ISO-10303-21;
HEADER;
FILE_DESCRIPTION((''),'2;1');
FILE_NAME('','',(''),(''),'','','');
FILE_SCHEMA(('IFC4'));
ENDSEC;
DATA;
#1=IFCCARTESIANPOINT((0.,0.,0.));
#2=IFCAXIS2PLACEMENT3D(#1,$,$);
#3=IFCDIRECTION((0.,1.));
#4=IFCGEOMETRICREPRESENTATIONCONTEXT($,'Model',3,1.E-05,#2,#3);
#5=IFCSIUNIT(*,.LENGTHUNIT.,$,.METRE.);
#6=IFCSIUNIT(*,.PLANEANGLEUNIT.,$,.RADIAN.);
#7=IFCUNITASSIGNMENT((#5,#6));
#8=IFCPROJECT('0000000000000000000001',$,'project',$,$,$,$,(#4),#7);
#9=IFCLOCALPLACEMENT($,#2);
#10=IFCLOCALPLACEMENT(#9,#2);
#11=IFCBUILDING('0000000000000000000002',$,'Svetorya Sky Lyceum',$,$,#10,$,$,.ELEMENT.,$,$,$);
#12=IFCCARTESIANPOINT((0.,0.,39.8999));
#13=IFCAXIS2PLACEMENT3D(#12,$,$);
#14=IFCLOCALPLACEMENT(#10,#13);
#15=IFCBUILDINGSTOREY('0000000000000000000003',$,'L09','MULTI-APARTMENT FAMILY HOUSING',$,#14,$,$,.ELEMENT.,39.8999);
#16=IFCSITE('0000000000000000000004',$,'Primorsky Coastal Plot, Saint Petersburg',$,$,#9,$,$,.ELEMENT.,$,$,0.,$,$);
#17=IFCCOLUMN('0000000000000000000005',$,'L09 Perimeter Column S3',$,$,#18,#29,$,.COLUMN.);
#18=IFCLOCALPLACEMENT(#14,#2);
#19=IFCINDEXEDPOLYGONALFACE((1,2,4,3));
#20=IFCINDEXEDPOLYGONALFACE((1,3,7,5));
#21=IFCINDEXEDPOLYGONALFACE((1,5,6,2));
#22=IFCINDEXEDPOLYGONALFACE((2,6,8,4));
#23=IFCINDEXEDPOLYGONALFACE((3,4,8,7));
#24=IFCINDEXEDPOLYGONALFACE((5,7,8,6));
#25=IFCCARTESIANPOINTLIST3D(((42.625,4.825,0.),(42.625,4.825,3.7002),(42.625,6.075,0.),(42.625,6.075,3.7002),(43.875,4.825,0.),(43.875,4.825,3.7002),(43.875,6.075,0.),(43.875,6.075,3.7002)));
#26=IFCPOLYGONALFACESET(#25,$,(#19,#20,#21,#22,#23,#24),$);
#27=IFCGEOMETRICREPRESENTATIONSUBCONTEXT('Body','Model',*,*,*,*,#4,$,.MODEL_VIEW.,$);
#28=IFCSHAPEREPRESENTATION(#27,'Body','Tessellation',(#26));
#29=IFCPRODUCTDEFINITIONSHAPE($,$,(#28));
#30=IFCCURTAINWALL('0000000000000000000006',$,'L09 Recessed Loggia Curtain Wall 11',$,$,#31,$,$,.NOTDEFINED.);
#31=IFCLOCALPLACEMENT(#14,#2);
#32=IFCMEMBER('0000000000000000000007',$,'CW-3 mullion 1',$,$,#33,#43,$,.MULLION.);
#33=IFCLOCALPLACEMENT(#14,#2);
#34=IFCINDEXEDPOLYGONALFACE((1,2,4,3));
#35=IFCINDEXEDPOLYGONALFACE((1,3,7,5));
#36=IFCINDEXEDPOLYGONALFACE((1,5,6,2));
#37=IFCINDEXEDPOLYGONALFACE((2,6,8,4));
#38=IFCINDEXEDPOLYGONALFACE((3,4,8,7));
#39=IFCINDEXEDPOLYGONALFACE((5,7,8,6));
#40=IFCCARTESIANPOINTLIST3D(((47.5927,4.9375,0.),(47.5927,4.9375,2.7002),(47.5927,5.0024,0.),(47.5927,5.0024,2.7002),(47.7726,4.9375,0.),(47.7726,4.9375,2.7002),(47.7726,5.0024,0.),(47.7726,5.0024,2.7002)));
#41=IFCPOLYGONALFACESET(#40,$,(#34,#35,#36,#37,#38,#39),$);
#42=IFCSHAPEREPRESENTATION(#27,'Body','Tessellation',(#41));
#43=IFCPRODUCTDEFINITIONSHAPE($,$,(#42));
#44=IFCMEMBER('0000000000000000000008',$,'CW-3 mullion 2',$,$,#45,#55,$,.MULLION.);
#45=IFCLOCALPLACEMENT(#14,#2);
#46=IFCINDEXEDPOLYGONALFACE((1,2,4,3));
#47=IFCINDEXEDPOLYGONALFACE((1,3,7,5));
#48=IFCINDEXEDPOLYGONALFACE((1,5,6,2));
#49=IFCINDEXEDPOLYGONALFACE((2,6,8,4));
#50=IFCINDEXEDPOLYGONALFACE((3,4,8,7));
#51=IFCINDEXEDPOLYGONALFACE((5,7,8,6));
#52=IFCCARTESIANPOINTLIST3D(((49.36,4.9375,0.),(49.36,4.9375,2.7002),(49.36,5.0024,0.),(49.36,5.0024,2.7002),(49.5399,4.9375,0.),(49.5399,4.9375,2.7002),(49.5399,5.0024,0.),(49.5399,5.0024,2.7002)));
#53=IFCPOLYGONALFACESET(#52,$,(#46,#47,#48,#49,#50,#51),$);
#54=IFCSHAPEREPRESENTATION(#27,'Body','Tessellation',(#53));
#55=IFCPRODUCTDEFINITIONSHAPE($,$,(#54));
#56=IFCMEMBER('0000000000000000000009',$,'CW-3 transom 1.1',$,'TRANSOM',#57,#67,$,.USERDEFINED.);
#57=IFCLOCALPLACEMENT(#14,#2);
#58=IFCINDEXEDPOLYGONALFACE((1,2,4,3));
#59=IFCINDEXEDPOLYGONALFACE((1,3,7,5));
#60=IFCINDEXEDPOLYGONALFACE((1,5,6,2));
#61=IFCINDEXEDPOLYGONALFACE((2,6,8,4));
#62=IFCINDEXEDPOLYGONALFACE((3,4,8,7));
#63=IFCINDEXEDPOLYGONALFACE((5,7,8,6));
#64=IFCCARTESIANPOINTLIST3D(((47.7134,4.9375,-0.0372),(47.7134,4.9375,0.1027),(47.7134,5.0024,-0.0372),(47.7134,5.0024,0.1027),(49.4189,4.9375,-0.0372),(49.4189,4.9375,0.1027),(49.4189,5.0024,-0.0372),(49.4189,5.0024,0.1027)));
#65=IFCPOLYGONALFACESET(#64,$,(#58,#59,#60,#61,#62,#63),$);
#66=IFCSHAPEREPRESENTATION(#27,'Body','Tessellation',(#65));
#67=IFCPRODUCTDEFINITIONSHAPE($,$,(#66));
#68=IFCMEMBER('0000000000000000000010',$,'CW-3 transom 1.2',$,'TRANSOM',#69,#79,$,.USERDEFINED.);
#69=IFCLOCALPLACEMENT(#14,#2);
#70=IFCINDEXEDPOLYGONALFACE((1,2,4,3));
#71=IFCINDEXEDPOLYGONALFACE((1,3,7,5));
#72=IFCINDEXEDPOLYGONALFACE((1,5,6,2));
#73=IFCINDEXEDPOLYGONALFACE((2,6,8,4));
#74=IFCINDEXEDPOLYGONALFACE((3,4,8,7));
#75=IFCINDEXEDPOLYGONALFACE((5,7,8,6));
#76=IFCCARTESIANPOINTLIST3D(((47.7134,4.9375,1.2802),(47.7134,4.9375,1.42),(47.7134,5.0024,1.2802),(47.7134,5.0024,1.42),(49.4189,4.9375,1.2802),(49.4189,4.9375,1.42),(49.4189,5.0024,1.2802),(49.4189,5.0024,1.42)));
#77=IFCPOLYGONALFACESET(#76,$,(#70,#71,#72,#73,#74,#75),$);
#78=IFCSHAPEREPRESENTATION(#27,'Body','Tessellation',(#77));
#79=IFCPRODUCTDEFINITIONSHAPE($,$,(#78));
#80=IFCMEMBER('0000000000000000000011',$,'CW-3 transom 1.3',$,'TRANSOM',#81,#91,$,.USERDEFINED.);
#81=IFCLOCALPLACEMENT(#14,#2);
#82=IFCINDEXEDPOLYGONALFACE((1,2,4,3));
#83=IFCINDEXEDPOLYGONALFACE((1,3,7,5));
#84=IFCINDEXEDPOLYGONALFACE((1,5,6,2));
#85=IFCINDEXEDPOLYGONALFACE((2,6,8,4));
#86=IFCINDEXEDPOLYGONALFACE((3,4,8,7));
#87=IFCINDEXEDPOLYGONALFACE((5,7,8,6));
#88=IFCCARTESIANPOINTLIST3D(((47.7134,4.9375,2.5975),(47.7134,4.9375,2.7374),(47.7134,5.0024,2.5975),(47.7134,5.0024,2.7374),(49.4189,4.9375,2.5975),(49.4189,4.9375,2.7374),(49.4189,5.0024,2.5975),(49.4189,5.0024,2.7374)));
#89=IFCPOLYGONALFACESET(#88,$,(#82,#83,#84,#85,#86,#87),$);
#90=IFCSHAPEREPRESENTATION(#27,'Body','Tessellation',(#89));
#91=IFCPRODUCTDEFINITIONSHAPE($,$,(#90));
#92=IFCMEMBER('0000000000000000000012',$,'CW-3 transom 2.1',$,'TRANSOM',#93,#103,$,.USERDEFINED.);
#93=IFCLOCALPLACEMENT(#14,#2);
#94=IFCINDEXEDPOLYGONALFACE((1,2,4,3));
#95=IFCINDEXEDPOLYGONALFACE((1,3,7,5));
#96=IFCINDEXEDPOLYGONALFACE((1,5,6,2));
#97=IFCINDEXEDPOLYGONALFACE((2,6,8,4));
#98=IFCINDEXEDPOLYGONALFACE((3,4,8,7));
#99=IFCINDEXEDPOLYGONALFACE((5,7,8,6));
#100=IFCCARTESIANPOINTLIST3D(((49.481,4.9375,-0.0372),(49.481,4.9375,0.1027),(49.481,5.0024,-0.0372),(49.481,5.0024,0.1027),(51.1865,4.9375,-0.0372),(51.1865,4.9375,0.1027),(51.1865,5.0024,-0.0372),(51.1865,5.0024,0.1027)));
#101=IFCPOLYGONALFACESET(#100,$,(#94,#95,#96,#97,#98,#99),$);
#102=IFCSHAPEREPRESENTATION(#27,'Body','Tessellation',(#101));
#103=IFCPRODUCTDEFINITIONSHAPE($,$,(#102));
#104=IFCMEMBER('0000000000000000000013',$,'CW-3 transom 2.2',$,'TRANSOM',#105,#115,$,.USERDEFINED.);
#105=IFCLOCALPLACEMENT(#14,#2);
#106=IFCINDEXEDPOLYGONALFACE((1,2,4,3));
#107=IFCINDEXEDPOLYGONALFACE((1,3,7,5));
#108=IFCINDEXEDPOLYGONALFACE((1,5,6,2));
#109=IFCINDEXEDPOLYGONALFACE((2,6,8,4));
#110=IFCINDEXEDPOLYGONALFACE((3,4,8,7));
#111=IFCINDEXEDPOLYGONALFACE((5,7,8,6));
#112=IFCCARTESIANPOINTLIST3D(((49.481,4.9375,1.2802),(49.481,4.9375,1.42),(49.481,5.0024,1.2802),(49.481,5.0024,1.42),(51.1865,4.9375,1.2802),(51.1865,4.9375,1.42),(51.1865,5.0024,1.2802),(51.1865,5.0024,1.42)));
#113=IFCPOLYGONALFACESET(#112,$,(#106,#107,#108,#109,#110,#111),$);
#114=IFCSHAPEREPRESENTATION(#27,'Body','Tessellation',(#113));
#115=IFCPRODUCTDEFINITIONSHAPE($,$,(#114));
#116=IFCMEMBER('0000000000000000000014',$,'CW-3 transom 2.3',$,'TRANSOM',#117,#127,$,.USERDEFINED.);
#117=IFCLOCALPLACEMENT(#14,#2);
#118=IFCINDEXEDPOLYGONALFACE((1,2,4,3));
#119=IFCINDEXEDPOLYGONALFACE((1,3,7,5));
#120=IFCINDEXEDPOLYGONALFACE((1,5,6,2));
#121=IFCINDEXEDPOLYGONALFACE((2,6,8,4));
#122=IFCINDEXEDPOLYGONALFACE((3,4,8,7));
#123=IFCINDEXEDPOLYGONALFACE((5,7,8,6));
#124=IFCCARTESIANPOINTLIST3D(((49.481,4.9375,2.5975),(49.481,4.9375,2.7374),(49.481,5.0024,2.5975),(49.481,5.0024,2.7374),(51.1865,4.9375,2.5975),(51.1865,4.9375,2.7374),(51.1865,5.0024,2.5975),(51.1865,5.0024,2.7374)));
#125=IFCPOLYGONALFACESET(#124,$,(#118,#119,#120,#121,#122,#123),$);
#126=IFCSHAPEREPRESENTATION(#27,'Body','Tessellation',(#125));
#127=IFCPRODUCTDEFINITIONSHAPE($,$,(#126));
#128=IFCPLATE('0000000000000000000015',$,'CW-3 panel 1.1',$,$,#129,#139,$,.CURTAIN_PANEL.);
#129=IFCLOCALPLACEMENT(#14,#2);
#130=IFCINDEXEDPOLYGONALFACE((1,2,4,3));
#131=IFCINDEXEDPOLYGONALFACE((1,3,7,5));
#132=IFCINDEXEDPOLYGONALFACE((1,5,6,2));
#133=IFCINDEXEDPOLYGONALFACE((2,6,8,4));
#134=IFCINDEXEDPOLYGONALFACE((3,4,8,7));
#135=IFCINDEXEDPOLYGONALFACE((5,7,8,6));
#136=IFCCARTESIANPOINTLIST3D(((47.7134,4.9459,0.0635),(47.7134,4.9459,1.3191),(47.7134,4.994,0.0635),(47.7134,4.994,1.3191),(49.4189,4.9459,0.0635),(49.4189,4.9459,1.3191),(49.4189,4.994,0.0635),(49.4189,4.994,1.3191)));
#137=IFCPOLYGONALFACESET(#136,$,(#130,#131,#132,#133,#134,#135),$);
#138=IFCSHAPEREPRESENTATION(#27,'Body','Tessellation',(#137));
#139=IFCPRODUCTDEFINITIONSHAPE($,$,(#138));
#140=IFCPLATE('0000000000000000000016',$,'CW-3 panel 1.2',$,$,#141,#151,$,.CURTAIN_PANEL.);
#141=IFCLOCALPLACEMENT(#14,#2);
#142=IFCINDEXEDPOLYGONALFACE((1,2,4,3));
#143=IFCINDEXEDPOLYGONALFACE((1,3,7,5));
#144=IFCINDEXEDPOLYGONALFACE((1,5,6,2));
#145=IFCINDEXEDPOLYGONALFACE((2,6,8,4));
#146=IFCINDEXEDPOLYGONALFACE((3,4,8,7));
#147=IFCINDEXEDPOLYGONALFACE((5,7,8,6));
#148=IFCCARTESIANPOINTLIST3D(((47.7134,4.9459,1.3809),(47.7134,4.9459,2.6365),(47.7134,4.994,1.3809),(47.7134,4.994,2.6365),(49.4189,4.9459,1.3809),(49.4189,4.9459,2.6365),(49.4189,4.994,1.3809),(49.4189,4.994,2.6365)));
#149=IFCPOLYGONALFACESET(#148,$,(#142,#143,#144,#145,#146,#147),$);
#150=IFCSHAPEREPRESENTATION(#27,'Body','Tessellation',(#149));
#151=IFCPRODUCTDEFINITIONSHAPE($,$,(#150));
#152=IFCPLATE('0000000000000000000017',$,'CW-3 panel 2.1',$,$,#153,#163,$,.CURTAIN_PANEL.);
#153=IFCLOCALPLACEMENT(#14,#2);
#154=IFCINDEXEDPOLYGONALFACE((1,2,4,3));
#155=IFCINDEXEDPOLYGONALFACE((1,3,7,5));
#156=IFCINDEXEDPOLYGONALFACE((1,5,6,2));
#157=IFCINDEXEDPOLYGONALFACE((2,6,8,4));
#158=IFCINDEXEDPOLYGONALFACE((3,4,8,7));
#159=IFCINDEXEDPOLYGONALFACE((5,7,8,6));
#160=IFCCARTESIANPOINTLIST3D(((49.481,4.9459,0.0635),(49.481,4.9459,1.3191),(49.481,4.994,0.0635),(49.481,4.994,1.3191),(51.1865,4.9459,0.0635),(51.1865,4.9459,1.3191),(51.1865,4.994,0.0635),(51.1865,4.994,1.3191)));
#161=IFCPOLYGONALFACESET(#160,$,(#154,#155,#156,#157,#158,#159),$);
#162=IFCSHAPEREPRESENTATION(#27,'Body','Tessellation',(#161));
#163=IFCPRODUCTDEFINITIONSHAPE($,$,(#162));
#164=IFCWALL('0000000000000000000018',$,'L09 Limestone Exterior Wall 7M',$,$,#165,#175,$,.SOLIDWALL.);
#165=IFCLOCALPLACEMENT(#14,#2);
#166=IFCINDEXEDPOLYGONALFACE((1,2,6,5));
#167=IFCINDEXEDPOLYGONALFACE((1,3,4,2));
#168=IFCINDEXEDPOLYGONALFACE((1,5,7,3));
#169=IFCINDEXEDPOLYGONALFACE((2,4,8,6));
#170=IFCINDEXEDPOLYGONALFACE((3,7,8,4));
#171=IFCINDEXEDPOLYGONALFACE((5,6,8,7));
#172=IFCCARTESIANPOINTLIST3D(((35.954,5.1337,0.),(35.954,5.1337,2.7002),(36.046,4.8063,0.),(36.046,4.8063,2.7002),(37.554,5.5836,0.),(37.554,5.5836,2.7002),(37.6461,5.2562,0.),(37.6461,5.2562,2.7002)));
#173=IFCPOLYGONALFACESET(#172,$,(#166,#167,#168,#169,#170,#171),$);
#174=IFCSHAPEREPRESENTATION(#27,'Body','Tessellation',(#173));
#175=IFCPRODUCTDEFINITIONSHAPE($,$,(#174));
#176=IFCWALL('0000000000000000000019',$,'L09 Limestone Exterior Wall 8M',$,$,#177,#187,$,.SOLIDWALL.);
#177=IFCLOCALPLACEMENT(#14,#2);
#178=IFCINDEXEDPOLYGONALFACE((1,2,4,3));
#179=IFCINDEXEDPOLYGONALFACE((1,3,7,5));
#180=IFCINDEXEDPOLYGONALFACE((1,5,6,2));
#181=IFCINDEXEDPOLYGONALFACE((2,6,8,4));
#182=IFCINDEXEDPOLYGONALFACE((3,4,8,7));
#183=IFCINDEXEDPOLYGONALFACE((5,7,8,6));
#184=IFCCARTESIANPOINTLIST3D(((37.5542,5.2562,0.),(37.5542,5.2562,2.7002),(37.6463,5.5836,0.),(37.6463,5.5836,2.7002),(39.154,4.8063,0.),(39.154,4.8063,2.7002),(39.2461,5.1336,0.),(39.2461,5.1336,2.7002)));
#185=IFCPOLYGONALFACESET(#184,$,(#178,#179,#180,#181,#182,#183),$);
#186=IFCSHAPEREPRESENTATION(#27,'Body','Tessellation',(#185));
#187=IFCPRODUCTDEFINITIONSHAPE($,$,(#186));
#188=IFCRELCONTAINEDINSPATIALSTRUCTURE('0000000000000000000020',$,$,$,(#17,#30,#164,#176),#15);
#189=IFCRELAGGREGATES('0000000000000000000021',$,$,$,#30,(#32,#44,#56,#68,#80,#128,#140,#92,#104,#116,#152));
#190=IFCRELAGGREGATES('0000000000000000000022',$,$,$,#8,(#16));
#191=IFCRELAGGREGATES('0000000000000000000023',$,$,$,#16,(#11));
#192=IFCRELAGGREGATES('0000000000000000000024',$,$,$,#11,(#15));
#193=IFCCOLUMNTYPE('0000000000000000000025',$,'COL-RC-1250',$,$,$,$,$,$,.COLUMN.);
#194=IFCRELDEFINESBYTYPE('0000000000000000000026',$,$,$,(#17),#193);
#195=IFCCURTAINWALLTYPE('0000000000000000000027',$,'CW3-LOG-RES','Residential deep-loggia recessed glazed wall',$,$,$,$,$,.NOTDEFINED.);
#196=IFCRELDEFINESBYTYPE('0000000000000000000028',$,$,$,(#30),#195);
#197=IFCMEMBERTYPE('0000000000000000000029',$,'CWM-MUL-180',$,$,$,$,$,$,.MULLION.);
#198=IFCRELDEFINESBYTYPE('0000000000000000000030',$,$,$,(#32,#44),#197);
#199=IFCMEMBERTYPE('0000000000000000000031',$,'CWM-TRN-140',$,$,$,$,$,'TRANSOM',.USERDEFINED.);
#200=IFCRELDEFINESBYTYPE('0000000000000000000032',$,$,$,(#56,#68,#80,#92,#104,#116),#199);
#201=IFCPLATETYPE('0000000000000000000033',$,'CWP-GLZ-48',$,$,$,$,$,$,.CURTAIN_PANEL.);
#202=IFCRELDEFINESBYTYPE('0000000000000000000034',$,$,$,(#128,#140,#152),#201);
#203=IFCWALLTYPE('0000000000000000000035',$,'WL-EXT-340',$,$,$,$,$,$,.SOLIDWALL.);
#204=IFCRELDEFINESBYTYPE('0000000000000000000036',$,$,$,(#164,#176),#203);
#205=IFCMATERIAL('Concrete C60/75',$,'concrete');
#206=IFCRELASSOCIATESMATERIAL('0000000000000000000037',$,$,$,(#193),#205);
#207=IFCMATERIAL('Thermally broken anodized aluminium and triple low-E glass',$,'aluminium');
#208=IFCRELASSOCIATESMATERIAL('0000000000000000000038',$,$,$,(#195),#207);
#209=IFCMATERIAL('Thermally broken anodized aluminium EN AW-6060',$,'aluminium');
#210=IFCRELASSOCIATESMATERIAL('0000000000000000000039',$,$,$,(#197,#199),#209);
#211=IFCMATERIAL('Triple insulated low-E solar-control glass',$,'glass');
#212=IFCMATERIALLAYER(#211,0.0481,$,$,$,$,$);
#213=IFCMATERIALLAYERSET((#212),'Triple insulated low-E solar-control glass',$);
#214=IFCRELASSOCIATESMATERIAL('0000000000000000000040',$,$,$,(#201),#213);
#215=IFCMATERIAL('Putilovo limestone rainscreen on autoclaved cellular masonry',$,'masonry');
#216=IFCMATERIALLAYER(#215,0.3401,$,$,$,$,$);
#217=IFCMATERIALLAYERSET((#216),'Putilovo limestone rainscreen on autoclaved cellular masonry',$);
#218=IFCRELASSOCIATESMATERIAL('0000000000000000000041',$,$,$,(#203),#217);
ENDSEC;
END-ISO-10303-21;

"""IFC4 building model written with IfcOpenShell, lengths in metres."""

from ifc_helpers import new_model, si_unit, direction, frame, frame_2d, origin, origin_2d, place, context, subcontext, project, spatial, rectangle, extrude, material, layer, layer_set, material_profile, profile_set, type_object, element, aggregate, save


model = new_model("IFC4")

# Units and contexts
model_context = context("Model", 3, precision=1e-05, world=origin(), true_north=direction((0.0, 1.0)))
body_context = subcontext(model_context, "Body", "Model", "MODEL_VIEW")
ifc_project = project(units=[si_unit("LENGTHUNIT", "METRE"), si_unit("PLANEANGLEUNIT", "RADIAN")], contexts=[model_context])

# Site, building, storey
site_placement = place(None, origin())
site = spatial("IfcSite", under=ifc_project, at=site_placement, Name="Primorsky Coastal Plot, Saint Petersburg", CompositionType="ELEMENT", RefElevation=0.0)
building_placement = place(site_placement, origin())
building = spatial("IfcBuilding", under=site, at=building_placement, Name="Svetorya Sky Lyceum", CompositionType="ELEMENT")
storey_placement = place(building_placement, frame((0.0, 0.0, 39.8999)))
storey = spatial("IfcBuildingStorey", under=building, at=storey_placement, Name="L09", Description="MULTI-APARTMENT FAMILY HOUSING", CompositionType="ELEMENT", Elevation=39.8999)

# Column
ifc_material_1 = material(Name="Concrete C60/75", Category="concrete")
ifc_material_profile_1 = material_profile(ifc_material_1, rectangle(XDim=1.25, YDim=1.25, at=origin_2d()), Name="RC COL 1250x1250")
ifc_profile_set_1 = profile_set([ifc_material_profile_1], Name="Concrete C60/75")
column_type = type_object("IfcColumnType", Name="COL-RC-1250", PredefinedType="COLUMN", material=ifc_profile_set_1)
column_placement = place(storey_placement, frame((43.25, 5.45, 0.0), z_axis=(0.0, 0.0, 1.0), x_axis=(1.0, 0.0, 0.0)))
element("IfcColumn", 1, at=column_placement, inside=storey, type_object=column_type, Name="L09 Perimeter Column S3", PredefinedType="COLUMN", context=body_context, shape_type="SweptSolid", body=[
    extrude(rectangle(XDim=1.25, YDim=1.25, at=origin_2d()), origin(), (0.0, 0.0, 1.0), 3.7002),
])

# Curtain wall, members, plates
ifc_material_2 = material(Name="Thermally broken anodized aluminium and triple low-E glass", Category="aluminium")
curtain_wall_type = type_object("IfcCurtainWallType", Name="CW3-LOG-RES", Description="Residential deep-loggia recessed glazed wall", PredefinedType="NOTDEFINED", material=ifc_material_2)
curtain_wall_placement = place(storey_placement, origin())
curtain_wall = element("IfcCurtainWall", 2, at=curtain_wall_placement, inside=storey, type_object=curtain_wall_type, Name="L09 Recessed Loggia Curtain Wall 11", PredefinedType="NOTDEFINED")
ifc_material_3 = material(Name="Thermally broken anodized aluminium EN AW-6060", Category="aluminium")
ifc_material_profile_2 = material_profile(ifc_material_3, rectangle(XDim=0.0649, YDim=0.1799, at=origin_2d()), Name="ALU MULLION 65x180")
ifc_profile_set_2 = profile_set([ifc_material_profile_2], Name="Thermally broken anodized aluminium EN AW-6060")
member_type_1 = type_object("IfcMemberType", Name="CWM-MUL-180", PredefinedType="MULLION", material=ifc_profile_set_2)
member_1_placement = place(storey_placement, frame((47.6826, 4.97, 0.0), z_axis=(0.0, 0.0, 1.0), x_axis=(0.0, 1.0, 0.0)))
member_1 = element("IfcMember", 3, at=member_1_placement, type_object=member_type_1, Name="CW-3 mullion 1", PredefinedType="MULLION", context=body_context, shape_type="SweptSolid", body=[
    extrude(rectangle(XDim=0.0649, YDim=0.1799, at=origin_2d()), origin(), (0.0, 0.0, 1.0), 2.7002),
])
member_2_placement = place(storey_placement, frame((49.45, 4.97, 0.0), z_axis=(0.0, 0.0, 1.0), x_axis=(0.0, 1.0, 0.0)))
member_2 = element("IfcMember", 4, at=member_2_placement, type_object=member_type_1, Name="CW-3 mullion 2", PredefinedType="MULLION", context=body_context, shape_type="SweptSolid", body=[
    extrude(rectangle(XDim=0.0649, YDim=0.1799, at=origin_2d()), origin(), (0.0, 0.0, 1.0), 2.7002),
])
ifc_material_profile_3 = material_profile(ifc_material_3, rectangle(XDim=0.0649, YDim=0.1399, at=origin_2d()), Name="ALU TRANSOM 65x140")
ifc_profile_set_3 = profile_set([ifc_material_profile_3], Name="Thermally broken anodized aluminium EN AW-6060")
member_type_2 = type_object("IfcMemberType", Name="CWM-TRN-140", ElementType="TRANSOM", PredefinedType="USERDEFINED", material=ifc_profile_set_3)
member_3_placement = place(storey_placement, frame((47.7134, 4.97, 0.0327), z_axis=(1.0, 0.0, 0.0), x_axis=(0.0, 1.0, 0.0)))
member_3 = element("IfcMember", 5, at=member_3_placement, type_object=member_type_2, Name="CW-3 transom 1.1", ObjectType="TRANSOM", PredefinedType="USERDEFINED", context=body_context, shape_type="SweptSolid", body=[
    extrude(rectangle(XDim=0.0649, YDim=0.1399, at=origin_2d()), origin(), (0.0, 0.0, 1.0), 1.7056),
])
member_4_placement = place(storey_placement, frame((47.7134, 4.97, 1.3501), z_axis=(1.0, 0.0, 0.0), x_axis=(0.0, 1.0, 0.0)))
member_4 = element("IfcMember", 6, at=member_4_placement, type_object=member_type_2, Name="CW-3 transom 1.2", ObjectType="TRANSOM", PredefinedType="USERDEFINED", context=body_context, shape_type="SweptSolid", body=[
    extrude(rectangle(XDim=0.0649, YDim=0.1399, at=origin_2d()), origin(), (0.0, 0.0, 1.0), 1.7056),
])
member_5_placement = place(storey_placement, frame((47.7134, 4.97, 2.6675), z_axis=(1.0, 0.0, 0.0), x_axis=(0.0, 1.0, 0.0)))
member_5 = element("IfcMember", 7, at=member_5_placement, type_object=member_type_2, Name="CW-3 transom 1.3", ObjectType="TRANSOM", PredefinedType="USERDEFINED", context=body_context, shape_type="SweptSolid", body=[
    extrude(rectangle(XDim=0.0649, YDim=0.1399, at=origin_2d()), origin(), (0.0, 0.0, 1.0), 1.7056),
])
member_6_placement = place(storey_placement, frame((49.481, 4.97, 0.0327), z_axis=(1.0, 0.0, 0.0), x_axis=(0.0, 1.0, 0.0)))
member_6 = element("IfcMember", 8, at=member_6_placement, type_object=member_type_2, Name="CW-3 transom 2.1", ObjectType="TRANSOM", PredefinedType="USERDEFINED", context=body_context, shape_type="SweptSolid", body=[
    extrude(rectangle(XDim=0.0649, YDim=0.1399, at=origin_2d()), origin(), (0.0, 0.0, 1.0), 1.7056),
])
member_7_placement = place(storey_placement, frame((49.481, 4.97, 1.3501), z_axis=(1.0, 0.0, 0.0), x_axis=(0.0, 1.0, 0.0)))
member_7 = element("IfcMember", 9, at=member_7_placement, type_object=member_type_2, Name="CW-3 transom 2.2", ObjectType="TRANSOM", PredefinedType="USERDEFINED", context=body_context, shape_type="SweptSolid", body=[
    extrude(rectangle(XDim=0.0649, YDim=0.1399, at=origin_2d()), origin(), (0.0, 0.0, 1.0), 1.7056),
])
member_8_placement = place(storey_placement, frame((49.481, 4.97, 2.6675), z_axis=(1.0, 0.0, 0.0), x_axis=(0.0, 1.0, 0.0)))
member_8 = element("IfcMember", 10, at=member_8_placement, type_object=member_type_2, Name="CW-3 transom 2.3", ObjectType="TRANSOM", PredefinedType="USERDEFINED", context=body_context, shape_type="SweptSolid", body=[
    extrude(rectangle(XDim=0.0649, YDim=0.1399, at=origin_2d()), origin(), (0.0, 0.0, 1.0), 1.7056),
])
ifc_material_4 = material(Name="Triple insulated low-E solar-control glass", Category="glass")
ifc_layer_1 = layer(ifc_material_4, 0.0481)
ifc_layer_set_1 = layer_set([ifc_layer_1], Name="Triple insulated low-E solar-control glass")
plate_type = type_object("IfcPlateType", Name="CWP-GLZ-48", PredefinedType="CURTAIN_PANEL", material=ifc_layer_set_1)
plate_1_placement = place(storey_placement, frame((48.5662, 4.97, 0.0635), z_axis=(0.0, 0.0, 1.0), x_axis=(1.0, 0.0, 0.0)))
plate_1 = element("IfcPlate", 11, at=plate_1_placement, type_object=plate_type, Name="CW-3 panel 1.1", PredefinedType="CURTAIN_PANEL", context=body_context, shape_type="SweptSolid", body=[
    extrude(rectangle(XDim=1.7056, YDim=0.0481, at=origin_2d()), origin(), (0.0, 0.0, 1.0), 1.2556),
])
plate_2_placement = place(storey_placement, frame((48.5662, 4.97, 1.3809), z_axis=(0.0, 0.0, 1.0), x_axis=(1.0, 0.0, 0.0)))
plate_2 = element("IfcPlate", 12, at=plate_2_placement, type_object=plate_type, Name="CW-3 panel 1.2", PredefinedType="CURTAIN_PANEL", context=body_context, shape_type="SweptSolid", body=[
    extrude(rectangle(XDim=1.7056, YDim=0.0481, at=origin_2d()), origin(), (0.0, 0.0, 1.0), 1.2556),
])
plate_3_placement = place(storey_placement, frame((50.3337, 4.97, 0.0635), z_axis=(0.0, 0.0, 1.0), x_axis=(1.0, 0.0, 0.0)))
plate_3 = element("IfcPlate", 13, at=plate_3_placement, type_object=plate_type, Name="CW-3 panel 2.1", PredefinedType="CURTAIN_PANEL", context=body_context, shape_type="SweptSolid", body=[
    extrude(rectangle(XDim=1.7056, YDim=0.0481, at=origin_2d()), origin(), (0.0, 0.0, 1.0), 1.2556),
])
aggregate(curtain_wall, [member_1, member_2, member_3, member_4, member_5, plate_1, plate_2, member_6, member_7, member_8, plate_3])

# Walls
ifc_material_5 = material(Name="Putilovo limestone rainscreen on autoclaved cellular masonry", Category="masonry")
ifc_layer_2 = layer(ifc_material_5, 0.3401)
ifc_layer_set_2 = layer_set([ifc_layer_2], Name="Putilovo limestone rainscreen on autoclaved cellular masonry")
wall_type_1 = type_object("IfcWallType", Name="WL-EXT-340", PredefinedType="SOLIDWALL", material=ifc_layer_set_2)
wall_1_placement = place(storey_placement, frame((36.0, 4.97, 0.0), z_axis=(0.0, 0.0, 1.0), x_axis=(0.962663, 0.270703, 0.0)))
element("IfcWall", 14, at=wall_1_placement, inside=storey, type_object=wall_type_1, Name="L09 Limestone Exterior Wall 7M", PredefinedType="SOLIDWALL", context=body_context, shape_type="SweptSolid", body=[
    extrude(rectangle(XDim=1.6621, YDim=0.3401, at=frame_2d((0.8311, 0.0))), origin(), (0.0, 0.0, 1.0), 2.7002),
])
wall_2_placement = place(storey_placement, frame((37.6001, 5.4199, 0.0), z_axis=(0.0, 0.0, 1.0), x_axis=(0.962652, -0.270741, 0.0)))
element("IfcWall", 15, at=wall_2_placement, inside=storey, type_object=wall_type_1, Name="L09 Limestone Exterior Wall 8M", PredefinedType="SOLIDWALL", context=body_context, shape_type="SweptSolid", body=[
    extrude(rectangle(XDim=1.6619, YDim=0.3401, at=frame_2d((0.8311, 0.0))), origin(), (0.0, 0.0, 1.0), 2.7002),
])

save(model, "model.ifc")
